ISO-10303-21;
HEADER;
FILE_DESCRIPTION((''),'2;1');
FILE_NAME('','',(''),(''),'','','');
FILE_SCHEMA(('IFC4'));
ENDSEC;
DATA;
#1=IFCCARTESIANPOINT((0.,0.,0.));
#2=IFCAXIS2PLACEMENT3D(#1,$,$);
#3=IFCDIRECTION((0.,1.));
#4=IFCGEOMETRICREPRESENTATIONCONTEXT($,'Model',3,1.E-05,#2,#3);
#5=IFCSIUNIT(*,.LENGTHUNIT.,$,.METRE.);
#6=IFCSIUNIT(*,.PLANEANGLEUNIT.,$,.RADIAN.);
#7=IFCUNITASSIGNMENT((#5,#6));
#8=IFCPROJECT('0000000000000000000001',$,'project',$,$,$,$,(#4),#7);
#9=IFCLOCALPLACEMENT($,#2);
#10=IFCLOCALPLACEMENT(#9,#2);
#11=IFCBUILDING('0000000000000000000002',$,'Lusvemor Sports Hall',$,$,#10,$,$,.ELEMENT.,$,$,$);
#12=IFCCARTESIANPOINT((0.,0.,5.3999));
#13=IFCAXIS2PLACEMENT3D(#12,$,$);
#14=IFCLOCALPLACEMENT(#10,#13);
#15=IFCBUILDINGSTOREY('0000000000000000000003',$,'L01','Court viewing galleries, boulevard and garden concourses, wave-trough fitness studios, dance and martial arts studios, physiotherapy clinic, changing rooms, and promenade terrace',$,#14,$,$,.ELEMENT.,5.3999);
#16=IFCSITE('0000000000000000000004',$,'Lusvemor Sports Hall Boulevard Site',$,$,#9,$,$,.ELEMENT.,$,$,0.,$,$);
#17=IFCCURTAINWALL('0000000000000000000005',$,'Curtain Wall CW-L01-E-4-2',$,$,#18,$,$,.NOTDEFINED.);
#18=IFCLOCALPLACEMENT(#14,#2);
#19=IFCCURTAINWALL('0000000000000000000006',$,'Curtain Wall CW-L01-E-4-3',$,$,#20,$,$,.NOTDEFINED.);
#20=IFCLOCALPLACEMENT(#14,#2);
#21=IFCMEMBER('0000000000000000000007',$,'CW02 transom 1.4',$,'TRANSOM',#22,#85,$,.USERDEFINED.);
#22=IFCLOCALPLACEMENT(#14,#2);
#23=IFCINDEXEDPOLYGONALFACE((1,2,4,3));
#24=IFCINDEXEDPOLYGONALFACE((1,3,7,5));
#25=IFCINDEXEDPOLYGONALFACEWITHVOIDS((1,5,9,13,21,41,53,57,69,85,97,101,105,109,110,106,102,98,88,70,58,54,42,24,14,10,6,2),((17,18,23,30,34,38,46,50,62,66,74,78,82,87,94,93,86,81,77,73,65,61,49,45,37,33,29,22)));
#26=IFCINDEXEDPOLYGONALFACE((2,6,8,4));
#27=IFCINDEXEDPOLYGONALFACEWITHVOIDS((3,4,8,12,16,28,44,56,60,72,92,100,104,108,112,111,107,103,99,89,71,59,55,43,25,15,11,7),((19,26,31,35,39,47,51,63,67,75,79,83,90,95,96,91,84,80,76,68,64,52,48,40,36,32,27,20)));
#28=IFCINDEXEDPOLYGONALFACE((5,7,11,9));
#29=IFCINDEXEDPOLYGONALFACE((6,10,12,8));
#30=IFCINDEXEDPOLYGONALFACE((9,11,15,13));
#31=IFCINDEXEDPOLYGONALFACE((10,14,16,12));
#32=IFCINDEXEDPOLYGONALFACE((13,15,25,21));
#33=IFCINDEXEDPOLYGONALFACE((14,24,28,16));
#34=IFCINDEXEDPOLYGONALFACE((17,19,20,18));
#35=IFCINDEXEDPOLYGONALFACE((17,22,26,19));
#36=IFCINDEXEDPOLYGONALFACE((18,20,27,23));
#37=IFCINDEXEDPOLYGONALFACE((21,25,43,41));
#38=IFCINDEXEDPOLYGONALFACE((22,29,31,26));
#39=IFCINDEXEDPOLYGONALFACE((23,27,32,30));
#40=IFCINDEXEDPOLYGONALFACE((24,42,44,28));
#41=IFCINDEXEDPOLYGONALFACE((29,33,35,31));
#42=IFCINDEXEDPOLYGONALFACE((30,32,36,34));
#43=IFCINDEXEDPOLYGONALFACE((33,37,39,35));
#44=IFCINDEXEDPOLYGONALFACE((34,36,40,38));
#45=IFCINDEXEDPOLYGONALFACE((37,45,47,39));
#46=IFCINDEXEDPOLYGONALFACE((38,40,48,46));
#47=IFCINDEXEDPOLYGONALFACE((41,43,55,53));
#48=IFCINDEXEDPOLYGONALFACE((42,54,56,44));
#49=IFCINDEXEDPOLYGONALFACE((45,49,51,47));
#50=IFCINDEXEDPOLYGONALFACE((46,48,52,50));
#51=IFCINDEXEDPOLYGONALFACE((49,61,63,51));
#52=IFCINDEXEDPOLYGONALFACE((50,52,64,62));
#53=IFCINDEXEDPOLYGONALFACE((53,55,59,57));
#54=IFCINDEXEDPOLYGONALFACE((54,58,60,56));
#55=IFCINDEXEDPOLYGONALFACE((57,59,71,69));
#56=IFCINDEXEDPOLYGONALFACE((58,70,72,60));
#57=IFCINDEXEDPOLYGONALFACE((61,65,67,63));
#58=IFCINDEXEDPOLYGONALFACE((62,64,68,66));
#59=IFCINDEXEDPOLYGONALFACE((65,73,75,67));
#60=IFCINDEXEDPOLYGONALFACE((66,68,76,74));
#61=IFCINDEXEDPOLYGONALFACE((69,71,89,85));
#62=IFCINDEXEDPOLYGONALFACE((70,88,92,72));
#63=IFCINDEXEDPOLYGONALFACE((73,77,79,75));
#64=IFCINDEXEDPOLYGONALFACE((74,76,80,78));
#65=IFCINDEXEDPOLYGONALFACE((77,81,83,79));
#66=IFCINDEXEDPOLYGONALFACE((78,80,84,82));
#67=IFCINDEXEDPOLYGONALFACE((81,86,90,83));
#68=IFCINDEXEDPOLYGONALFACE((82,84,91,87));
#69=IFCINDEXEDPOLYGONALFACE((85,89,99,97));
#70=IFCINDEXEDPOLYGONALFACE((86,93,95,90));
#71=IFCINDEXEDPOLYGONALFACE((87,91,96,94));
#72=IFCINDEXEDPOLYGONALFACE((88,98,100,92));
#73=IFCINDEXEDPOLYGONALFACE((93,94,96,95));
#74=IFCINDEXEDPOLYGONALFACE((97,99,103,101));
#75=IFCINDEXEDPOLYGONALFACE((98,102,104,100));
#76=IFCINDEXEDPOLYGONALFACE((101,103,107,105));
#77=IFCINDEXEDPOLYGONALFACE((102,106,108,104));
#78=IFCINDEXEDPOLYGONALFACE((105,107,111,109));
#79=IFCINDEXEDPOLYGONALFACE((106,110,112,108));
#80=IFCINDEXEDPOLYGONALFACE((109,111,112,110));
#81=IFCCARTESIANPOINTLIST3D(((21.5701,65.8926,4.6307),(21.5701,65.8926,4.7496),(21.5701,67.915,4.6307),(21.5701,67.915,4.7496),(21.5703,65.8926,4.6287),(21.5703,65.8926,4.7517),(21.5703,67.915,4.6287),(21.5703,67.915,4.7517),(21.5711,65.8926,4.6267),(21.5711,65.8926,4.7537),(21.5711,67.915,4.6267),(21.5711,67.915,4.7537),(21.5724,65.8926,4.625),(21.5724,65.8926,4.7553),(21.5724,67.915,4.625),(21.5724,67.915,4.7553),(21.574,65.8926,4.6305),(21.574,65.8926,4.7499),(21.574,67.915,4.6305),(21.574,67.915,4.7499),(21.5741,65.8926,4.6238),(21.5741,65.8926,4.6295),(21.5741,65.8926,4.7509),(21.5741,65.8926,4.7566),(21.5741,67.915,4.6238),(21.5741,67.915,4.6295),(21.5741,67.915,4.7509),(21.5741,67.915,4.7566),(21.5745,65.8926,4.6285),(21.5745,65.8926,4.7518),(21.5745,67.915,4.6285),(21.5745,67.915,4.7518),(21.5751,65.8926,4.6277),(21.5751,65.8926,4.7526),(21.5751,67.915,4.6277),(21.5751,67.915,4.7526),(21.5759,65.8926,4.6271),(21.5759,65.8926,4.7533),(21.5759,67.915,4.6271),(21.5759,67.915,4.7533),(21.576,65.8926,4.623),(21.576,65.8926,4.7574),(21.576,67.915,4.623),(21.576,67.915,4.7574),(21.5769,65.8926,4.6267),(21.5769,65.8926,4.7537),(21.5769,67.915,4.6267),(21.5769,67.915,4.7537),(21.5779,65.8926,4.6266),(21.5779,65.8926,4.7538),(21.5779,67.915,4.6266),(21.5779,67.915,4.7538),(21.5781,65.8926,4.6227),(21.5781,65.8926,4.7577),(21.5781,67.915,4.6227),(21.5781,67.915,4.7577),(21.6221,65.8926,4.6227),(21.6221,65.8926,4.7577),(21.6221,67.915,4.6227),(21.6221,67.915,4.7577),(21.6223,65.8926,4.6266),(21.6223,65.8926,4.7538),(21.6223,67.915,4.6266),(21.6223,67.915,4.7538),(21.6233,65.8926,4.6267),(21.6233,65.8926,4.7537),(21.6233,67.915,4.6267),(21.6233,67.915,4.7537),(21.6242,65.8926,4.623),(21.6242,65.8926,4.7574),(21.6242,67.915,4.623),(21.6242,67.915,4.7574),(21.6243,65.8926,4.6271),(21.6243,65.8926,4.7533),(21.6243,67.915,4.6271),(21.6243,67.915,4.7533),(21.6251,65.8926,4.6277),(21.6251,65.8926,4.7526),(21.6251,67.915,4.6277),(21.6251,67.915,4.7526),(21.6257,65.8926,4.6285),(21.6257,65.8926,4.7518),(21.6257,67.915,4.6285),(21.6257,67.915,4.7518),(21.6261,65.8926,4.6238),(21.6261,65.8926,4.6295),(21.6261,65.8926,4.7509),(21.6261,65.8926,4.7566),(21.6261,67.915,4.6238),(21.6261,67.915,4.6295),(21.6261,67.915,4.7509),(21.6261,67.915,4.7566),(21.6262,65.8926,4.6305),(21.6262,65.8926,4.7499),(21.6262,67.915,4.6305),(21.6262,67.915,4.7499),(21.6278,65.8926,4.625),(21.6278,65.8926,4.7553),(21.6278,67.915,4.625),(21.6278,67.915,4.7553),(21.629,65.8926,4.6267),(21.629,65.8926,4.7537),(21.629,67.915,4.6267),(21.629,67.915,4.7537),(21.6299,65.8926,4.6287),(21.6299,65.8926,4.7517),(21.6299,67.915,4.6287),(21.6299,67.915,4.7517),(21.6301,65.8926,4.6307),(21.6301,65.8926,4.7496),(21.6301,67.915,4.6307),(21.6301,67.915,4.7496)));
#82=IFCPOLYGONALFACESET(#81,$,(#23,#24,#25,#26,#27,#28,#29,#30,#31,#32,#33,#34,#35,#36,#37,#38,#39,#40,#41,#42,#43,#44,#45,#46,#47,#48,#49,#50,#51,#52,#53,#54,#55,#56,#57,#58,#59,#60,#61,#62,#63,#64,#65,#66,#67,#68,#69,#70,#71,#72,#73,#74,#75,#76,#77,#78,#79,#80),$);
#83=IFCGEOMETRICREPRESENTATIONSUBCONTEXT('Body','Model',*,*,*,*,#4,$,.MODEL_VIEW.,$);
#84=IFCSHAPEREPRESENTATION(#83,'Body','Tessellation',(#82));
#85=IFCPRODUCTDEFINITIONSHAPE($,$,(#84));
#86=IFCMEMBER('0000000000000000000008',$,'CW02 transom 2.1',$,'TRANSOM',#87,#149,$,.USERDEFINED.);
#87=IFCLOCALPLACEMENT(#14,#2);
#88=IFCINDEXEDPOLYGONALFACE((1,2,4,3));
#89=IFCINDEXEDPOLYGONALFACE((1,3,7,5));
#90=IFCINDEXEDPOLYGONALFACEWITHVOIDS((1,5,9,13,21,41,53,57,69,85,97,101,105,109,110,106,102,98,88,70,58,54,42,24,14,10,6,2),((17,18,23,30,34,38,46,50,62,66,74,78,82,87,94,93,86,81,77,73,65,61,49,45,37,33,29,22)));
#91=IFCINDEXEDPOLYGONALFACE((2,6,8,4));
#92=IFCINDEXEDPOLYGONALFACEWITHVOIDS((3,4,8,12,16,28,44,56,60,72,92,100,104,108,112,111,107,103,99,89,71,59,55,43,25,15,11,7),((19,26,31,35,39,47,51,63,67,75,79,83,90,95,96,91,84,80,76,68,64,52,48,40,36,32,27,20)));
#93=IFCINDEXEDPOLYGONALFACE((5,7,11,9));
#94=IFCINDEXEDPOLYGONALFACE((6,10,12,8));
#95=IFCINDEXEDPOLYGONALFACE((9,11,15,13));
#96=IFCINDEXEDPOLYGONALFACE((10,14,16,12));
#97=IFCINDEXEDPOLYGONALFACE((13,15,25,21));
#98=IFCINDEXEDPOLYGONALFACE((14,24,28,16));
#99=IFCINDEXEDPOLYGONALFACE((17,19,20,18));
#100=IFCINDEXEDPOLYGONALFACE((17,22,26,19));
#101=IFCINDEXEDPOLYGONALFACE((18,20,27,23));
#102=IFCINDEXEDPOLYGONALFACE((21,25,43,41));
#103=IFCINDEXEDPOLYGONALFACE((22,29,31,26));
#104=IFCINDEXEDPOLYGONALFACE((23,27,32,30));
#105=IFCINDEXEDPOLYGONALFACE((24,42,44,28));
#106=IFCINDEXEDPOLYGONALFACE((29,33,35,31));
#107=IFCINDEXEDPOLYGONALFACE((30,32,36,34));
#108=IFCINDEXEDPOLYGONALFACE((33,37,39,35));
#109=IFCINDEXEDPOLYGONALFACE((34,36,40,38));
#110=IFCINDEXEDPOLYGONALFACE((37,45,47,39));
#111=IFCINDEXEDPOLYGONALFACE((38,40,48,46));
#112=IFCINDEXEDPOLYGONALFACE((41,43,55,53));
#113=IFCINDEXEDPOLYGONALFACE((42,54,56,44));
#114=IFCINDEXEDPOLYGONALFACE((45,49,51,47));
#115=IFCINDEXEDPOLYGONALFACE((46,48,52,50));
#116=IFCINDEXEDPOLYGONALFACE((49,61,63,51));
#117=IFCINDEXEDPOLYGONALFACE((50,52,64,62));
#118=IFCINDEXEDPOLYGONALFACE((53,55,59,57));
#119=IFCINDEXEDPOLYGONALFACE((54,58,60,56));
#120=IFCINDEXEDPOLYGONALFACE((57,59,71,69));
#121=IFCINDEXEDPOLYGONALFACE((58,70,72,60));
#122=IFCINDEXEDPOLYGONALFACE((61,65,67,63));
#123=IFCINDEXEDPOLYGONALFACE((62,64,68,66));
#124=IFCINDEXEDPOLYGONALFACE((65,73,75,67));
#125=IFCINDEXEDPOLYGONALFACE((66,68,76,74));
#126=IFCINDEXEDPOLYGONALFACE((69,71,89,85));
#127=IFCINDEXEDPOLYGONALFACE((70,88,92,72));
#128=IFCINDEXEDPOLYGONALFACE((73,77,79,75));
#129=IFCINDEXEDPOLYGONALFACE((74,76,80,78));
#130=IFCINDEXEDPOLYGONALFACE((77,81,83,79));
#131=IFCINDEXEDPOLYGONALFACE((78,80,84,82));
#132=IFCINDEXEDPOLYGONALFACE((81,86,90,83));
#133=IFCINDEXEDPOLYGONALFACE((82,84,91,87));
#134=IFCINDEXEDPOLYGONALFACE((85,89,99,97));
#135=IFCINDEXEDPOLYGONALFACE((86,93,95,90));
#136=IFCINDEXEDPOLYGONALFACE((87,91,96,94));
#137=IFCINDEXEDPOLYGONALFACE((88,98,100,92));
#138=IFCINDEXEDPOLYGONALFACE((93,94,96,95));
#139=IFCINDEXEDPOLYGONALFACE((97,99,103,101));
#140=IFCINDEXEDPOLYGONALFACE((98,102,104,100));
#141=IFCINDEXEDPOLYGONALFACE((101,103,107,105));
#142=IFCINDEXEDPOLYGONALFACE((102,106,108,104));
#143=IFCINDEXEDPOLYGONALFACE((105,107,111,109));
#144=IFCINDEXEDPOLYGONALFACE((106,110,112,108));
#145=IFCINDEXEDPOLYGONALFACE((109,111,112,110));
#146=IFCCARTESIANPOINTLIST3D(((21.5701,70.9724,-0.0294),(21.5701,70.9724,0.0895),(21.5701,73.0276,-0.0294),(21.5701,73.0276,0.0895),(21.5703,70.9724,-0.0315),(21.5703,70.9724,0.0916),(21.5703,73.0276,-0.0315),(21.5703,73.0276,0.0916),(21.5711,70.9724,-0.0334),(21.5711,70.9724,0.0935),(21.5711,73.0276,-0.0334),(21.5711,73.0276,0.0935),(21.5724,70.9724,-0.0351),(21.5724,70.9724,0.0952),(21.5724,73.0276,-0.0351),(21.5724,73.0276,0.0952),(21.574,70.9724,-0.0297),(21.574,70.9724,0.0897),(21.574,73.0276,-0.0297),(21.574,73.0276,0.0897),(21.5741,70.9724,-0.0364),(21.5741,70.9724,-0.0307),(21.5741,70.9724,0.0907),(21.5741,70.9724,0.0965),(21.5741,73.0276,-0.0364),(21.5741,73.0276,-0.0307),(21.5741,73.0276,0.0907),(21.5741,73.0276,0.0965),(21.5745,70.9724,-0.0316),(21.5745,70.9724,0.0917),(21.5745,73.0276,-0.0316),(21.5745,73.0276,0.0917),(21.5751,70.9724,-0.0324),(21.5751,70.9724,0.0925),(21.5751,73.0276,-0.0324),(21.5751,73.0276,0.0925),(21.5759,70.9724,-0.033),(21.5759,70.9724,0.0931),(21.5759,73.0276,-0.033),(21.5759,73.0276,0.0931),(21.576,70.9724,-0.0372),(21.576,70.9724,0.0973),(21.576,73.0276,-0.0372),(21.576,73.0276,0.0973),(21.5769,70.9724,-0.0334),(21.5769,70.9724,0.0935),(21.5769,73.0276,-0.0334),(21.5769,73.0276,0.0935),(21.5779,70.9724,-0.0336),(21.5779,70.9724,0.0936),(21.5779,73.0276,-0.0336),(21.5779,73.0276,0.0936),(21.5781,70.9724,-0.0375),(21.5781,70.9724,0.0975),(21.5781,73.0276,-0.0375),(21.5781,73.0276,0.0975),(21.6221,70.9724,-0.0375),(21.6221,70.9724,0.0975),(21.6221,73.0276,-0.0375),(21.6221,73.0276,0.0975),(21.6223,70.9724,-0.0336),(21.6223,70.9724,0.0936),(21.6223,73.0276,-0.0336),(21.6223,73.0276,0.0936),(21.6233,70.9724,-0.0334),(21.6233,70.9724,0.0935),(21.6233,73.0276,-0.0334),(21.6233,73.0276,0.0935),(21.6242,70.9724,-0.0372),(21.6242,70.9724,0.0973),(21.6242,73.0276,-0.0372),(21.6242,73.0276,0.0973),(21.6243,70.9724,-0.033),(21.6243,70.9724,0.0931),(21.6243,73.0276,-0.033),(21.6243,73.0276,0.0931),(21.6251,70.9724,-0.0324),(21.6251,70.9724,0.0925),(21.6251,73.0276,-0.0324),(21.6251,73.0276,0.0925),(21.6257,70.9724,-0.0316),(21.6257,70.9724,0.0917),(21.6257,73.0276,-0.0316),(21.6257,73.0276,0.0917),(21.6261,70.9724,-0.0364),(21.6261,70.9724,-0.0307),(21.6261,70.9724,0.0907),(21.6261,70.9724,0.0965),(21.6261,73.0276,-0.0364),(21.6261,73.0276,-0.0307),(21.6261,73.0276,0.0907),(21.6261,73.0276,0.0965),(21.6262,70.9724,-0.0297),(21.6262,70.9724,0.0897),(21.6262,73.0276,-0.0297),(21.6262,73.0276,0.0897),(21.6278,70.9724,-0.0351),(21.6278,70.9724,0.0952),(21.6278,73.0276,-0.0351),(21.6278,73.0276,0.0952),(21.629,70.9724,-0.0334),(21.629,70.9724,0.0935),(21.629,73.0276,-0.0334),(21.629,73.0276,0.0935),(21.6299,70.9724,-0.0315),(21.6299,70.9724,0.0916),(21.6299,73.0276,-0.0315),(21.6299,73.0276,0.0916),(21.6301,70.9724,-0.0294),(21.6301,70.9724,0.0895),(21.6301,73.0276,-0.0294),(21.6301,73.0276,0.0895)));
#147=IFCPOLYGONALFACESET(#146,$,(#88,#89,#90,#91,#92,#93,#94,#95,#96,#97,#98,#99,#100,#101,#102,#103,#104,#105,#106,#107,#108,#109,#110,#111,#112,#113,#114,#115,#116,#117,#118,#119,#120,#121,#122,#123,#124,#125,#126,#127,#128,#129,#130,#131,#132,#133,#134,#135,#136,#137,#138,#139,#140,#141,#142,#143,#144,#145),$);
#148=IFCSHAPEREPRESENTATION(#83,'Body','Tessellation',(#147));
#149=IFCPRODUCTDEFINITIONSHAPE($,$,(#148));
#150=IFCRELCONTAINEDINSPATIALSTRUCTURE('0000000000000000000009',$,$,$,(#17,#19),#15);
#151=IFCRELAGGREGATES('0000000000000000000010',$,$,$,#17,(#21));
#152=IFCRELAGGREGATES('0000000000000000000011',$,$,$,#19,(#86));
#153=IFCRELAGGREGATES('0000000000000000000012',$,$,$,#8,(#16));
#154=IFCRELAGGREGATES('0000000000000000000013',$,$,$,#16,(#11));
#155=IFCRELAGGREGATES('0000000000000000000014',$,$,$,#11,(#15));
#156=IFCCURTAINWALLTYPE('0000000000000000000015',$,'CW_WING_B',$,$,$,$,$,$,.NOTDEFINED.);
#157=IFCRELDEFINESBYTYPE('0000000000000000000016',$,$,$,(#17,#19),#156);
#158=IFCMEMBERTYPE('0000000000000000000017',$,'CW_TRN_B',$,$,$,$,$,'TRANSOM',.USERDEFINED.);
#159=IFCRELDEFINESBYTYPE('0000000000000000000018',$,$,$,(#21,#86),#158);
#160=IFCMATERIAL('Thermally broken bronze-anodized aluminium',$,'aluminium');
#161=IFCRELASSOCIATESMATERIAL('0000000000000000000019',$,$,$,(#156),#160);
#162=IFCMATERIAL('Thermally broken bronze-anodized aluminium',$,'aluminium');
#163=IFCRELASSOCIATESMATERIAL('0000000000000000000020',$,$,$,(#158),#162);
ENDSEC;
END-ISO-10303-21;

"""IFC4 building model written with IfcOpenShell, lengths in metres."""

from ifc_helpers import new_model, si_unit, direction, frame, origin, origin_2d, place, context, subcontext, project, spatial, hollow_rectangle, extrude, material, material_profile, profile_set, type_object, element, aggregate, save


model = new_model("IFC4")

# Units and contexts
model_context = context("Model", 3, precision=1e-05, world=origin(), true_north=direction((0.0, 1.0)))
body_context = subcontext(model_context, "Body", "Model", "MODEL_VIEW")
ifc_project = project(units=[si_unit("LENGTHUNIT", "METRE"), si_unit("PLANEANGLEUNIT", "RADIAN")], contexts=[model_context])

# Site, building, storey
site_placement = place(None, origin())
site = spatial("IfcSite", under=ifc_project, at=site_placement, Name="Lusvemor Sports Hall Boulevard Site", CompositionType="ELEMENT", RefElevation=0.0)
building_placement = place(site_placement, origin())
building = spatial("IfcBuilding", under=site, at=building_placement, Name="Lusvemor Sports Hall", CompositionType="ELEMENT")
storey_placement = place(building_placement, frame((0.0, 0.0, 5.3999)))
storey = spatial("IfcBuildingStorey", under=building, at=storey_placement, Name="L01", Description="Court viewing galleries, boulevard and garden concourses, wave-trough fitness studios, dance and martial arts studios, physiotherapy clinic, changing rooms, and promenade terrace", CompositionType="ELEMENT", Elevation=5.3999)

# Curtain wall
ifc_material_1 = material(Name="Thermally broken bronze-anodized aluminium", Category="aluminium")
curtain_wall_type = type_object("IfcCurtainWallType", Name="CW_WING_B", PredefinedType="NOTDEFINED", material=ifc_material_1)
curtain_wall_1_placement = place(storey_placement, origin())
curtain_wall_1 = element("IfcCurtainWall", 1, at=curtain_wall_1_placement, inside=storey, type_object=curtain_wall_type, Name="Curtain Wall CW-L01-E-4-2", PredefinedType="NOTDEFINED")

# Curtain wall
curtain_wall_2_placement = place(storey_placement, origin())
curtain_wall_2 = element("IfcCurtainWall", 2, at=curtain_wall_2_placement, inside=storey, type_object=curtain_wall_type, Name="Curtain Wall CW-L01-E-4-3", PredefinedType="NOTDEFINED")

# Members
ifc_material_2 = material(Name="Thermally broken bronze-anodized aluminium", Category="aluminium")
ifc_material_profile_1 = material_profile(ifc_material_2, hollow_rectangle(XDim=0.0601, YDim=0.135, WallThickness=0.0039, InnerFilletRadius=0.0039, OuterFilletRadius=0.0081, at=origin_2d()), Name="CWTRN135x60x4")
ifc_profile_set_1 = profile_set([ifc_material_profile_1], Name="Thermally broken bronze-anodized aluminium")
member_type_1 = type_object("IfcMemberType", Name="CW_TRN_B", ElementType="TRANSOM", PredefinedType="USERDEFINED", material=ifc_profile_set_1)
member_1_placement = place(storey_placement, frame((21.6001, 67.915, 4.6902), z_axis=(0.0, -1.0, 0.0), x_axis=(1.0, 0.0, 0.0)))
member_1 = element("IfcMember", 3, at=member_1_placement, type_object=member_type_1, Name="CW02 transom 1.4", ObjectType="TRANSOM", PredefinedType="USERDEFINED", context=body_context, shape_type="SweptSolid", body=[
    extrude(hollow_rectangle(XDim=0.0601, YDim=0.135, WallThickness=0.0039, InnerFilletRadius=0.0039, OuterFilletRadius=0.0081, at=origin_2d()), origin(), (0.0, 0.0, 1.0), 2.0225),
])
aggregate(curtain_wall_1, [member_1])
member_2_placement = place(storey_placement, frame((21.6001, 73.0276, 0.03), z_axis=(0.0, -1.0, 0.0), x_axis=(1.0, 0.0, 0.0)))
member_2 = element("IfcMember", 4, at=member_2_placement, type_object=member_type_1, Name="CW02 transom 2.1", ObjectType="TRANSOM", PredefinedType="USERDEFINED", context=body_context, shape_type="SweptSolid", body=[
    extrude(hollow_rectangle(XDim=0.0601, YDim=0.135, WallThickness=0.0039, InnerFilletRadius=0.0039, OuterFilletRadius=0.0081, at=origin_2d()), origin(), (0.0, 0.0, 1.0), 2.0552),
])

aggregate(curtain_wall_2, [member_2])

save(model, "model.ifc")
